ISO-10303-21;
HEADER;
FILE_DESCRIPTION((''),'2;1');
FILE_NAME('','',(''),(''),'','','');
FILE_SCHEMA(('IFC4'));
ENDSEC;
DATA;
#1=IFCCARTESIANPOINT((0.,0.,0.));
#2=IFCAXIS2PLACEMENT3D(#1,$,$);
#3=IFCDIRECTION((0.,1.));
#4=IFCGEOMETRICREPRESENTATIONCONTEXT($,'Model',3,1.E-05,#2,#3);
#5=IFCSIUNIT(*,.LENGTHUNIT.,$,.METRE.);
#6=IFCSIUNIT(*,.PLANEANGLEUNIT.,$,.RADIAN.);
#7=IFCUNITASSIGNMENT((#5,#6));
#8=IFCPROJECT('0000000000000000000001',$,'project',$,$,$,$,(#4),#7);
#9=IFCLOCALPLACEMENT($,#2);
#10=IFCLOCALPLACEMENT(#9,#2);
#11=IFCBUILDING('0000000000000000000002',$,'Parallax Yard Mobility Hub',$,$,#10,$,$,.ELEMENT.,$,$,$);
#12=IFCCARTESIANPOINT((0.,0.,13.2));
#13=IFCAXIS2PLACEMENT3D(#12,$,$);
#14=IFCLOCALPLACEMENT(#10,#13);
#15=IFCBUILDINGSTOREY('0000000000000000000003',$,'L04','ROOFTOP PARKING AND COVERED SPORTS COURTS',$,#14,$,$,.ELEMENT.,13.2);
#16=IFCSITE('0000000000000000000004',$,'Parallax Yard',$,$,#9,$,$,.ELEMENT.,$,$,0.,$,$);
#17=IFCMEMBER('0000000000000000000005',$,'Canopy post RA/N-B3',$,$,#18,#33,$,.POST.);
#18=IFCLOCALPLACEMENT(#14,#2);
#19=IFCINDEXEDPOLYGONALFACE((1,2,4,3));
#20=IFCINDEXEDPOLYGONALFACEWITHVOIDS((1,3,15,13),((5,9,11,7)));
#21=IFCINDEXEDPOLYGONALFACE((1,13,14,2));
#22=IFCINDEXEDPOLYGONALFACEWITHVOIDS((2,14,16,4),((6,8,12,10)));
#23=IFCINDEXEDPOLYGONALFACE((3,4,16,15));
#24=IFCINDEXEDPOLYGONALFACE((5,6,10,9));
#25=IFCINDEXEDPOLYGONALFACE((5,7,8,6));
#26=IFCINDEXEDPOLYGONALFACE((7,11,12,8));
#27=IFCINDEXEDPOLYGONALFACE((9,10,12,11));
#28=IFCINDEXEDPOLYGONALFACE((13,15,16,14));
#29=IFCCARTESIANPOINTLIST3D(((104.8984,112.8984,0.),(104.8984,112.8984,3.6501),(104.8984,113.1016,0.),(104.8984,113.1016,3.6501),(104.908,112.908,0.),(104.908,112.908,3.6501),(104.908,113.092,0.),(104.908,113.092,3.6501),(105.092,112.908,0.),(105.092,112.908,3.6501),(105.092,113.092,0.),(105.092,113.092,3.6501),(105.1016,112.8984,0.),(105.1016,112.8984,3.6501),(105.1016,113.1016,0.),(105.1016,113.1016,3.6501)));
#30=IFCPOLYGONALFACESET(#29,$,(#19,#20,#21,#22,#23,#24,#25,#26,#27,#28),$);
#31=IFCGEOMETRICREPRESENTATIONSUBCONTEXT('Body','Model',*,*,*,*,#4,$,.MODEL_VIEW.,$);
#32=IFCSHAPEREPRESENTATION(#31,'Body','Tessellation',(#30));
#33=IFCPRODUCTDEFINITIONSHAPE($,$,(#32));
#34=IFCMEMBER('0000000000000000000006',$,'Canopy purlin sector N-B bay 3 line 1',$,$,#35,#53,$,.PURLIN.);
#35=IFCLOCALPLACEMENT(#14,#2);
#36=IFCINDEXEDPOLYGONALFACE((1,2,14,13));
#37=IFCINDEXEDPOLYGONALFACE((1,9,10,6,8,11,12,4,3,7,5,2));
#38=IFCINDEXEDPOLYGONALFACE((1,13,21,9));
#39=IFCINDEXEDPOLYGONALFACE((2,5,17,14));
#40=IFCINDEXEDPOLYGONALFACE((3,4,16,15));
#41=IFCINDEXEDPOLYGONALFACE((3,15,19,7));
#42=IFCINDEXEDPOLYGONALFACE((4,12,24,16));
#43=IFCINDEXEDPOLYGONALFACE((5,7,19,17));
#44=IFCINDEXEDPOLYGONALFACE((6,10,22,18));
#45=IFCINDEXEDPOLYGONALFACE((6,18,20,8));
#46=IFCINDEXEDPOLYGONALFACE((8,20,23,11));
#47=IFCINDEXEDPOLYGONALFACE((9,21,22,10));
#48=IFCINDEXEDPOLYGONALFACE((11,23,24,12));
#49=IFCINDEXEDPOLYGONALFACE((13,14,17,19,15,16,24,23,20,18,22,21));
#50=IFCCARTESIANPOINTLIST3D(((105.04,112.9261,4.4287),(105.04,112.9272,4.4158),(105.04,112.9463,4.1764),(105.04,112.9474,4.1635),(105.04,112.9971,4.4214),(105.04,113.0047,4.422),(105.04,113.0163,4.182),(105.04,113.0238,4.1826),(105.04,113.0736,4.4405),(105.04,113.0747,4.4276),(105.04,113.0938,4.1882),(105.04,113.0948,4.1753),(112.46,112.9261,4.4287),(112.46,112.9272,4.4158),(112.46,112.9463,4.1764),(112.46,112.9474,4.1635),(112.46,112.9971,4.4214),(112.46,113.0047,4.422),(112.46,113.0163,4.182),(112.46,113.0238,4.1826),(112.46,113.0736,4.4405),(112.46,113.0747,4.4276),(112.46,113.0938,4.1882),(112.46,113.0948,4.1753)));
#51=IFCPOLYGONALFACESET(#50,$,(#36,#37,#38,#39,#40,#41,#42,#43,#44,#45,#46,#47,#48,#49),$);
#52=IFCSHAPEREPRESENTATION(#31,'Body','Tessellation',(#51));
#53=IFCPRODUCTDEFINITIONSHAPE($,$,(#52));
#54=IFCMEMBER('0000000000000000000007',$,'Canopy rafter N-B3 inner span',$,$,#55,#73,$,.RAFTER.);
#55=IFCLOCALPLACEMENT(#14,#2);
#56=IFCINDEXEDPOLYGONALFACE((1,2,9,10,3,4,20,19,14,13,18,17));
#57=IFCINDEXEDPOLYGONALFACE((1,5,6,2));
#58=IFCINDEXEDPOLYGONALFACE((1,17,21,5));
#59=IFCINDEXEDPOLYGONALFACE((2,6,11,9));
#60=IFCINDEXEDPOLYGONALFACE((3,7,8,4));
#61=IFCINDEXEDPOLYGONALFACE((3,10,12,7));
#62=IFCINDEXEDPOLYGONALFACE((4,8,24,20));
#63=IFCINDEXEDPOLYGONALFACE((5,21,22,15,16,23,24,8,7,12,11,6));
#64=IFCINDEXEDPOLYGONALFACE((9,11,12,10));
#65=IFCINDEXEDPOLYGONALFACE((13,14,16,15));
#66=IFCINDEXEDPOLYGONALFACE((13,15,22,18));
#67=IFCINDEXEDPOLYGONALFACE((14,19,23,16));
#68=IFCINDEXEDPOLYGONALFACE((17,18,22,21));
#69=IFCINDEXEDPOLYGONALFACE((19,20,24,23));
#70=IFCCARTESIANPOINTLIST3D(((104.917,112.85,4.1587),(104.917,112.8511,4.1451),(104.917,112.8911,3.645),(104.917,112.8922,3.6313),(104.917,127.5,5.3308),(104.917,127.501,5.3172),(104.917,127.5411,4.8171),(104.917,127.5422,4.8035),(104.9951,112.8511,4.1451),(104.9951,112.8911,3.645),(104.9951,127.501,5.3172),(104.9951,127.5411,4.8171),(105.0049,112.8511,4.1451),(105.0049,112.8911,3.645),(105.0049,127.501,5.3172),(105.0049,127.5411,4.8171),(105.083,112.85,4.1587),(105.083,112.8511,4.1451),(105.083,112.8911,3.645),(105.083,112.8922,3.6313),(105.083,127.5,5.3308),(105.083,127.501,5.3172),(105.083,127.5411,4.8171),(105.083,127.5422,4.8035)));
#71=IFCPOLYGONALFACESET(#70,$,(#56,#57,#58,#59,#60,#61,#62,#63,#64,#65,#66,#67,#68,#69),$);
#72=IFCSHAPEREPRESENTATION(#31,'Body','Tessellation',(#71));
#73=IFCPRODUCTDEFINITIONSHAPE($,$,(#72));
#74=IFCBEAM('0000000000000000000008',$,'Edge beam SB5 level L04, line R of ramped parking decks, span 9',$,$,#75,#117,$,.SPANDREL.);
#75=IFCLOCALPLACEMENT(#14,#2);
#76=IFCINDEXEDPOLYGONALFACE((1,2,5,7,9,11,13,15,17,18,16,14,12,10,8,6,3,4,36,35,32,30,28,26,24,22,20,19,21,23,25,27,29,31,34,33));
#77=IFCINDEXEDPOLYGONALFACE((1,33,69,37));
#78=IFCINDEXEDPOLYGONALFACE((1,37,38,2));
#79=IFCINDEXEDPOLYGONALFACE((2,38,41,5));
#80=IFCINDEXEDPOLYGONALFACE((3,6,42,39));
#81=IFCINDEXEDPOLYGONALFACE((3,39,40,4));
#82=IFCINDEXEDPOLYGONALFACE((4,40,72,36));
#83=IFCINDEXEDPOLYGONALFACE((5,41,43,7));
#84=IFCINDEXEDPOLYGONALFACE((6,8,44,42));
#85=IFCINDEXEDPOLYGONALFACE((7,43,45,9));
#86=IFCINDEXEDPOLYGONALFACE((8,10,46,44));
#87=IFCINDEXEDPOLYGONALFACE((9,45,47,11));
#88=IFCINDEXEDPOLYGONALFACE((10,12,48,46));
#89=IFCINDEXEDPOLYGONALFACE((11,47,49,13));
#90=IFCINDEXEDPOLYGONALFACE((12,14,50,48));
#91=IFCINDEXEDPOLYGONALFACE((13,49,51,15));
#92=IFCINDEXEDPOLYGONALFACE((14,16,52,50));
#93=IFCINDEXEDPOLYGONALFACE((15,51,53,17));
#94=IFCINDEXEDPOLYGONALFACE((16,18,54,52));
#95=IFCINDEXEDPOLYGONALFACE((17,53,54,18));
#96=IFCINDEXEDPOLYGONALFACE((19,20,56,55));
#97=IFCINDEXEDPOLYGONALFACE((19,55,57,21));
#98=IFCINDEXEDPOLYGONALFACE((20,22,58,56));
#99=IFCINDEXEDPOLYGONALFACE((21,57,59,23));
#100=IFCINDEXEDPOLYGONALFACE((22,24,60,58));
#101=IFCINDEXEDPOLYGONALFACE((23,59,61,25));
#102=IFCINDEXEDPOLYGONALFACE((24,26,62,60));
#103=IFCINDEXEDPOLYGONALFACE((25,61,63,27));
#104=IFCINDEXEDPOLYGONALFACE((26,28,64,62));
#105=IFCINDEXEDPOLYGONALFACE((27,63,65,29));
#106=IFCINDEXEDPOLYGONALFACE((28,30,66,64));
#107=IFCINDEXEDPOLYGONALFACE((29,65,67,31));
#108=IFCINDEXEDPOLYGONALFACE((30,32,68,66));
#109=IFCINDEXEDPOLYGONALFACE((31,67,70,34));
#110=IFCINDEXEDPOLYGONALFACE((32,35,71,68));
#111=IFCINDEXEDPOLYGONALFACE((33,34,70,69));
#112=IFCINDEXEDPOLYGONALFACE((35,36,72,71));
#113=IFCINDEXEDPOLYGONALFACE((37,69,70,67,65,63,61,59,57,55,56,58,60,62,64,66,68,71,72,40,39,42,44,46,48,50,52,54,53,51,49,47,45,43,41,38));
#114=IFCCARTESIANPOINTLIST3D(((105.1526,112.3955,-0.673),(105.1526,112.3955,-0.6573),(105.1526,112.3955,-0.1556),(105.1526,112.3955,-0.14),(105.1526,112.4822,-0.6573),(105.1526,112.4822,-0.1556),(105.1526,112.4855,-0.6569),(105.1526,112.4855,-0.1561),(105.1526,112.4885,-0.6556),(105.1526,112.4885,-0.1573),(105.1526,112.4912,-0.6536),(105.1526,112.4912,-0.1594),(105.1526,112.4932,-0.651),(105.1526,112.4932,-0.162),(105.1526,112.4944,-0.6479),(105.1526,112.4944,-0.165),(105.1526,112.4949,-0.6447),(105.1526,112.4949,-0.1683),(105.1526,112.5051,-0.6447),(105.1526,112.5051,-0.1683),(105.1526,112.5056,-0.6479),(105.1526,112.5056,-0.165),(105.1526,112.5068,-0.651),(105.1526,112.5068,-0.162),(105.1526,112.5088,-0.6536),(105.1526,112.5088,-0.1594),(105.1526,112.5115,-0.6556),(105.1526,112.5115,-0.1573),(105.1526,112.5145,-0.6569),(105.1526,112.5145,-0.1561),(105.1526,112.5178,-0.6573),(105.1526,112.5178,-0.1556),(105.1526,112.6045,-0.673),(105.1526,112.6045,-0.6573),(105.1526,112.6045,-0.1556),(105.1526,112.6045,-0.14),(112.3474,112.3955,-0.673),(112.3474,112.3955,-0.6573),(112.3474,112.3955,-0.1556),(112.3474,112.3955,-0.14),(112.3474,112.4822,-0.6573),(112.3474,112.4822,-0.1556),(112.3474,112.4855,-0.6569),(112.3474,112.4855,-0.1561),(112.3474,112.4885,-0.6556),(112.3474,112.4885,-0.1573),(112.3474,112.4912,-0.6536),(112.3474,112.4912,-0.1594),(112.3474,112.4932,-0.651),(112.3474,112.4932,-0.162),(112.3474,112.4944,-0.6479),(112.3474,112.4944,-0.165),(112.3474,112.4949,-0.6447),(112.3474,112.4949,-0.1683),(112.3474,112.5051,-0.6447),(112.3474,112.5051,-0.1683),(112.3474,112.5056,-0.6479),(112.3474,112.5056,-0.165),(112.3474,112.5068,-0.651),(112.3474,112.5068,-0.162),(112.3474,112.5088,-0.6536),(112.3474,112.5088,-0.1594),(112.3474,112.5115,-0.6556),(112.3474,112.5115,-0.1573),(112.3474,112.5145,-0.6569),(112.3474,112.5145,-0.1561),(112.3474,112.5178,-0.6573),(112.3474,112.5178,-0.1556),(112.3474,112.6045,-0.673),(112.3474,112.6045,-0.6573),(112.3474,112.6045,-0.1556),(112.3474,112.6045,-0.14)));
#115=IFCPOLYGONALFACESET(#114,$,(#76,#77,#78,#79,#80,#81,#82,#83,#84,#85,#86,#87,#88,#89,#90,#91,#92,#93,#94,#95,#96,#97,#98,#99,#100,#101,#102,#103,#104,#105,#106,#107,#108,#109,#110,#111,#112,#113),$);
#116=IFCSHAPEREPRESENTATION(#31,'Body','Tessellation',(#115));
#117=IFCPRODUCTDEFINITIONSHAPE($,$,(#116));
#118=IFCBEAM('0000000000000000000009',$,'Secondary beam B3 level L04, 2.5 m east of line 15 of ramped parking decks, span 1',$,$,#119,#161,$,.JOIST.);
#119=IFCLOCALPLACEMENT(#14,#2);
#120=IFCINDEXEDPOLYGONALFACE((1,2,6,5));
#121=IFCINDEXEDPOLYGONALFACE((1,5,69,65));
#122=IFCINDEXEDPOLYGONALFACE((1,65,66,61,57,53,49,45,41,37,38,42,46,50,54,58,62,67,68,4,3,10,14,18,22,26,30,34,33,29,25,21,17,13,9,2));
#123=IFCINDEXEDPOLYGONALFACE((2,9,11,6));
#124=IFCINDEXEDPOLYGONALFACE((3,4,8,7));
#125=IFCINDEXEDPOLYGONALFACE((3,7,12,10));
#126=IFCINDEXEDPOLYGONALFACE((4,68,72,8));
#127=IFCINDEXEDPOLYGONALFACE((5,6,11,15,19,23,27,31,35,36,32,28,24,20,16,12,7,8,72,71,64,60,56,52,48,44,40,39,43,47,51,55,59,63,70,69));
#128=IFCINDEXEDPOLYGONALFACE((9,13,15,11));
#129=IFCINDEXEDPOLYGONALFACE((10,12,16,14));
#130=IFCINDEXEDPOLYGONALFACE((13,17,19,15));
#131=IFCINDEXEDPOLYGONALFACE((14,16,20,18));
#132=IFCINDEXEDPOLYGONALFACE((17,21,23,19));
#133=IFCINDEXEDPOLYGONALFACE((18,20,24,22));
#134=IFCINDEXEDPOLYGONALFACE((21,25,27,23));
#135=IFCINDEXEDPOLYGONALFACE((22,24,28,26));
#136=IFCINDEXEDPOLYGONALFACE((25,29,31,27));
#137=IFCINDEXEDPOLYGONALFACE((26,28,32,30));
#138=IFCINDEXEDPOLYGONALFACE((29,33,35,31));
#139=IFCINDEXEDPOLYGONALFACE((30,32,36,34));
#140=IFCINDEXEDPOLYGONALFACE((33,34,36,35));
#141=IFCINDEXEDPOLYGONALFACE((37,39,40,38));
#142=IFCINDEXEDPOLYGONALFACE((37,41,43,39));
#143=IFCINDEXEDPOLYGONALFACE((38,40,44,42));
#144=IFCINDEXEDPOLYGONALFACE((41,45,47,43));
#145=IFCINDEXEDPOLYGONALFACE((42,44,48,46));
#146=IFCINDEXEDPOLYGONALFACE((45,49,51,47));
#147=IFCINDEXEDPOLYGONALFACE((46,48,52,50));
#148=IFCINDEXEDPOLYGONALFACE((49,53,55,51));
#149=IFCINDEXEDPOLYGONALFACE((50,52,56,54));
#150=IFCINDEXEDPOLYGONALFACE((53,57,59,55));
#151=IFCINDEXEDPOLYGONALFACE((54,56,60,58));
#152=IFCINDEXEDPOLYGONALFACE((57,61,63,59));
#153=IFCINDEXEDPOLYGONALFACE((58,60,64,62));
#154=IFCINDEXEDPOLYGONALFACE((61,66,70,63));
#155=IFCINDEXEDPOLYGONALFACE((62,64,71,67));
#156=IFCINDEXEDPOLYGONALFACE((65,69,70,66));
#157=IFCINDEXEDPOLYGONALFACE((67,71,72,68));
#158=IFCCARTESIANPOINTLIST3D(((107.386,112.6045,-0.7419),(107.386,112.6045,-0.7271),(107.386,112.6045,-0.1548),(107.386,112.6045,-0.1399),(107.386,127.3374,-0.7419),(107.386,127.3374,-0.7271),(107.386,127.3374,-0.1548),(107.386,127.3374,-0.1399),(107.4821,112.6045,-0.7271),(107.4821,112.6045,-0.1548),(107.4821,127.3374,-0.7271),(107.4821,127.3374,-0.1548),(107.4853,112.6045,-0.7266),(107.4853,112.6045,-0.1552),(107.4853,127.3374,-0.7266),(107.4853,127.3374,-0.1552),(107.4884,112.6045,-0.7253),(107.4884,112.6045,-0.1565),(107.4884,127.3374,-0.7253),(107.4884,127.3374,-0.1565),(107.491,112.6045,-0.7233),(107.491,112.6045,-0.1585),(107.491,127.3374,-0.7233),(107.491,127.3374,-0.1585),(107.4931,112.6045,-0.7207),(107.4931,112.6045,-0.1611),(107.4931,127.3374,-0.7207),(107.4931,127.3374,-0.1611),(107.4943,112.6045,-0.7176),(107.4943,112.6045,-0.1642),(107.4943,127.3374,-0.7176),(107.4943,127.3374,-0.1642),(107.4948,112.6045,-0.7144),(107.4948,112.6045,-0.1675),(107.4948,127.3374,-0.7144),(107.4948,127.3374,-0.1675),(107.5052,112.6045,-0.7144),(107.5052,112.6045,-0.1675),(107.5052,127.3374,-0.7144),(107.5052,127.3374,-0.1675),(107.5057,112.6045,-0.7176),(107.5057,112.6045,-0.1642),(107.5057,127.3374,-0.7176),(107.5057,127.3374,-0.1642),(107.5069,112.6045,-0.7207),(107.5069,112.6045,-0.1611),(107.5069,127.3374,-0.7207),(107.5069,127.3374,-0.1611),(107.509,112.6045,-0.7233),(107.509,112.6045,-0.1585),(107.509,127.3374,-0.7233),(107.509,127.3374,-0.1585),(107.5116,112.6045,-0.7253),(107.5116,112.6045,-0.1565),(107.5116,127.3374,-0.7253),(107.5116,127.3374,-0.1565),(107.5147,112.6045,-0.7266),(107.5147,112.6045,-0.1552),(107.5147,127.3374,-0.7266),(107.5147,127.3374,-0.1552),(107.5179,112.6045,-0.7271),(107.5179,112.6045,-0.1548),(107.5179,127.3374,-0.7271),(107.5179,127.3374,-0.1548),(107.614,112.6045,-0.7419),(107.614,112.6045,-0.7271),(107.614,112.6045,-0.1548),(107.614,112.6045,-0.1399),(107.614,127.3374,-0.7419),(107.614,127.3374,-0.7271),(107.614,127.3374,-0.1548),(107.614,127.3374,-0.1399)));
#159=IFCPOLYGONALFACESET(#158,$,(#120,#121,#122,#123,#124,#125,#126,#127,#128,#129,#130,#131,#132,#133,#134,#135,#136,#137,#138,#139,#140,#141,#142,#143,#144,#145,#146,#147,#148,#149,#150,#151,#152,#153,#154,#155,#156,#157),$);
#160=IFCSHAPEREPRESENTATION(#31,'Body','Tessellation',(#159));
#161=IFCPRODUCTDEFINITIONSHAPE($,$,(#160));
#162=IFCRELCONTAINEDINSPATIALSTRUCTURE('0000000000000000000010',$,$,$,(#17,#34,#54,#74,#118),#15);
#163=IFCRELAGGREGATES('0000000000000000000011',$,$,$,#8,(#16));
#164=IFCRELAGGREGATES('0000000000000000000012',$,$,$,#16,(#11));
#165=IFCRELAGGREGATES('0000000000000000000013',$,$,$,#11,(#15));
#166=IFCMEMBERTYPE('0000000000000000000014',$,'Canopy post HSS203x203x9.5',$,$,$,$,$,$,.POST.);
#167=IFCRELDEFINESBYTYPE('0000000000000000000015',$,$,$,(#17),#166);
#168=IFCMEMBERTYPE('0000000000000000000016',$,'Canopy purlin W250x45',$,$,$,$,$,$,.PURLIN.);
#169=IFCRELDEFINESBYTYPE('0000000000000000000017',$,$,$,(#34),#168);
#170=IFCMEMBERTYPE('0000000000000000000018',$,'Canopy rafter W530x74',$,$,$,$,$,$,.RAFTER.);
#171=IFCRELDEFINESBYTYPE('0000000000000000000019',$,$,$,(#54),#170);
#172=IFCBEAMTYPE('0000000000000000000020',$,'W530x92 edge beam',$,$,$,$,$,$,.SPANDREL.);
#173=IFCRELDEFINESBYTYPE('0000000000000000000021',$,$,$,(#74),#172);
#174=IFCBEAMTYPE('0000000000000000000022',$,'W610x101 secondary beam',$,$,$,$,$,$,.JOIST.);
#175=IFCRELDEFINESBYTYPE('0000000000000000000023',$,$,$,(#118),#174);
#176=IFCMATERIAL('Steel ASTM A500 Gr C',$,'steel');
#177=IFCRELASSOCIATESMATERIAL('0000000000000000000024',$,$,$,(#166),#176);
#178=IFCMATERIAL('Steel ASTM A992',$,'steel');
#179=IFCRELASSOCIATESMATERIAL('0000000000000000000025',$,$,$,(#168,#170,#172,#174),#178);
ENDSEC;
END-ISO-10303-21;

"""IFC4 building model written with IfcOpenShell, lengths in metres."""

from ifc_helpers import new_model, si_unit, direction, frame, origin, origin_2d, place, context, subcontext, project, spatial, hollow_rectangle, i_section, extrude, material, material_profile, profile_set, type_object, element, save


model = new_model("IFC4")

# Units and contexts
model_context = context("Model", 3, precision=1e-05, world=origin(), true_north=direction((0.0, 1.0)))
body_context = subcontext(model_context, "Body", "Model", "MODEL_VIEW")
ifc_project = project(units=[si_unit("LENGTHUNIT", "METRE"), si_unit("PLANEANGLEUNIT", "RADIAN")], contexts=[model_context])

# Site, building, storey
site_placement = place(None, origin())
site = spatial("IfcSite", under=ifc_project, at=site_placement, Name="Parallax Yard", CompositionType="ELEMENT", RefElevation=0.0)
building_placement = place(site_placement, origin())
building = spatial("IfcBuilding", under=site, at=building_placement, Name="Parallax Yard Mobility Hub", CompositionType="ELEMENT")
storey_placement = place(building_placement, frame((0.0, 0.0, 13.2)))
storey = spatial("IfcBuildingStorey", under=building, at=storey_placement, Name="L04", Description="ROOFTOP PARKING AND COVERED SPORTS COURTS", CompositionType="ELEMENT", Elevation=13.2)

# Members
ifc_material_1 = material(Name="Steel ASTM A500 Gr C", Category="steel")
ifc_material_profile_1 = material_profile(ifc_material_1, hollow_rectangle(XDim=0.2031, YDim=0.2031, WallThickness=0.0095, at=origin_2d()), Name="HSS203x203x9.5")
ifc_profile_set_1 = profile_set([ifc_material_profile_1], Name="Steel ASTM A500 Gr C")
member_type_1 = type_object("IfcMemberType", Name="Canopy post HSS203x203x9.5", PredefinedType="POST", material=ifc_profile_set_1)
member_1_placement = place(storey_placement, frame((105.0, 113.0, 0.0), z_axis=(0.0, 0.0, 1.0), x_axis=(1.0, 0.0, 0.0)))
element("IfcMember", 1, at=member_1_placement, inside=storey, type_object=member_type_1, Name="Canopy post RA/N-B3", PredefinedType="POST", context=body_context, shape_type="SweptSolid", body=[
    extrude(hollow_rectangle(XDim=0.2031, YDim=0.2031, WallThickness=0.0095, at=origin_2d()), origin(), (0.0, 0.0, 1.0), 3.6501),
])
ifc_material_2 = material(Name="Steel ASTM A992", Category="steel")
ifc_material_profile_2 = material_profile(ifc_material_2, i_section(OverallWidth=0.1479, OverallDepth=0.2661, WebThickness=0.0076, FlangeThickness=0.0129, at=origin_2d()), Name="W250x45")
ifc_profile_set_2 = profile_set([ifc_material_profile_2], Name="Steel ASTM A992")
member_type_2 = type_object("IfcMemberType", Name="Canopy purlin W250x45", PredefinedType="PURLIN", material=ifc_profile_set_2)
member_2_placement = place(storey_placement, frame((105.04, 113.0105, 4.302), z_axis=(1.0, 0.0, 0.0), x_axis=(0.0, 0.996815, 0.079745)))
element("IfcMember", 2, at=member_2_placement, inside=storey, type_object=member_type_2, Name="Canopy purlin sector N-B bay 3 line 1", PredefinedType="PURLIN", context=body_context, shape_type="SweptSolid", body=[
    extrude(i_section(OverallWidth=0.1479, OverallDepth=0.2661, WebThickness=0.0076, FlangeThickness=0.0129, at=origin_2d()), origin(), (0.0, 0.0, 1.0), 7.4199),
])
ifc_material_profile_3 = material_profile(ifc_material_2, i_section(OverallWidth=0.166, OverallDepth=0.5291, WebThickness=0.0098, FlangeThickness=0.0137, at=origin_2d()), Name="W530x74")
ifc_profile_set_3 = profile_set([ifc_material_profile_3], Name="Steel ASTM A992")
member_type_3 = type_object("IfcMemberType", Name="Canopy rafter W530x74", PredefinedType="RAFTER", material=ifc_profile_set_3)
member_3_placement = place(storey_placement, frame((105.0, 112.8711, 3.895), z_axis=(0.0, 0.996815, 0.079754), x_axis=(-1.0, 0.0, 0.0)))
element("IfcMember", 3, at=member_3_placement, inside=storey, type_object=member_type_3, Name="Canopy rafter N-B3 inner span", PredefinedType="RAFTER", context=body_context, shape_type="SweptSolid", body=[
    extrude(i_section(OverallWidth=0.166, OverallDepth=0.5291, WebThickness=0.0098, FlangeThickness=0.0137, at=origin_2d()), origin(), (0.0, 0.0, 1.0), 14.6968),
])

# Beams
ifc_material_profile_4 = material_profile(ifc_material_2, i_section(OverallWidth=0.209, OverallDepth=0.533, WebThickness=0.0103, FlangeThickness=0.0156, FilletRadius=0.0127, at=origin_2d()), Name="W530x92")
ifc_profile_set_4 = profile_set([ifc_material_profile_4], Name="Steel ASTM A992")
beam_type_1 = type_object("IfcBeamType", Name="W530x92 edge beam", PredefinedType="SPANDREL", material=ifc_profile_set_4)
beam_1_placement = place(storey_placement, frame((105.1526, 112.5, -0.4065), z_axis=(1.0, 0.0, 0.0), x_axis=(0.0, 1.0, 0.0)))
element("IfcBeam", 4, at=beam_1_placement, inside=storey, type_object=beam_type_1, Name="Edge beam SB5 level L04, line R of ramped parking decks, span 9", PredefinedType="SPANDREL", context=body_context, shape_type="SweptSolid", body=[
    extrude(i_section(OverallWidth=0.209, OverallDepth=0.533, WebThickness=0.0103, FlangeThickness=0.0156, FilletRadius=0.0127, at=origin_2d()), origin(), (0.0, 0.0, 1.0), 7.1948),
])
ifc_material_profile_5 = material_profile(ifc_material_2, i_section(OverallWidth=0.228, OverallDepth=0.6021, WebThickness=0.0105, FlangeThickness=0.0149, FilletRadius=0.0127, at=origin_2d()), Name="W610x101")
ifc_profile_set_5 = profile_set([ifc_material_profile_5], Name="Steel ASTM A992")
beam_type_2 = type_object("IfcBeamType", Name="W610x101 secondary beam", PredefinedType="JOIST", material=ifc_profile_set_5)
for number, where, z_axis, x_axis, name in (
    (5, (107.5, 112.6045, -0.4409), (0.0, 1.0, 0.0), (-1.0, 0.0, 0.0), "Secondary beam B3 level L04, 2.5 m east of line 15 of ramped parking decks, span 1"),
):
    element("IfcBeam", number, at=place(storey_placement, frame(where, z_axis=z_axis, x_axis=x_axis)), inside=storey, type_object=beam_type_2, Name=name, PredefinedType="JOIST", context=body_context, shape_type="SweptSolid", body=[
        extrude(i_section(OverallWidth=0.228, OverallDepth=0.6021, WebThickness=0.0105, FlangeThickness=0.0149, FilletRadius=0.0127, at=origin_2d()), origin(), (0.0, 0.0, 1.0), 14.7329),
    ])

save(model, "model.ifc")
